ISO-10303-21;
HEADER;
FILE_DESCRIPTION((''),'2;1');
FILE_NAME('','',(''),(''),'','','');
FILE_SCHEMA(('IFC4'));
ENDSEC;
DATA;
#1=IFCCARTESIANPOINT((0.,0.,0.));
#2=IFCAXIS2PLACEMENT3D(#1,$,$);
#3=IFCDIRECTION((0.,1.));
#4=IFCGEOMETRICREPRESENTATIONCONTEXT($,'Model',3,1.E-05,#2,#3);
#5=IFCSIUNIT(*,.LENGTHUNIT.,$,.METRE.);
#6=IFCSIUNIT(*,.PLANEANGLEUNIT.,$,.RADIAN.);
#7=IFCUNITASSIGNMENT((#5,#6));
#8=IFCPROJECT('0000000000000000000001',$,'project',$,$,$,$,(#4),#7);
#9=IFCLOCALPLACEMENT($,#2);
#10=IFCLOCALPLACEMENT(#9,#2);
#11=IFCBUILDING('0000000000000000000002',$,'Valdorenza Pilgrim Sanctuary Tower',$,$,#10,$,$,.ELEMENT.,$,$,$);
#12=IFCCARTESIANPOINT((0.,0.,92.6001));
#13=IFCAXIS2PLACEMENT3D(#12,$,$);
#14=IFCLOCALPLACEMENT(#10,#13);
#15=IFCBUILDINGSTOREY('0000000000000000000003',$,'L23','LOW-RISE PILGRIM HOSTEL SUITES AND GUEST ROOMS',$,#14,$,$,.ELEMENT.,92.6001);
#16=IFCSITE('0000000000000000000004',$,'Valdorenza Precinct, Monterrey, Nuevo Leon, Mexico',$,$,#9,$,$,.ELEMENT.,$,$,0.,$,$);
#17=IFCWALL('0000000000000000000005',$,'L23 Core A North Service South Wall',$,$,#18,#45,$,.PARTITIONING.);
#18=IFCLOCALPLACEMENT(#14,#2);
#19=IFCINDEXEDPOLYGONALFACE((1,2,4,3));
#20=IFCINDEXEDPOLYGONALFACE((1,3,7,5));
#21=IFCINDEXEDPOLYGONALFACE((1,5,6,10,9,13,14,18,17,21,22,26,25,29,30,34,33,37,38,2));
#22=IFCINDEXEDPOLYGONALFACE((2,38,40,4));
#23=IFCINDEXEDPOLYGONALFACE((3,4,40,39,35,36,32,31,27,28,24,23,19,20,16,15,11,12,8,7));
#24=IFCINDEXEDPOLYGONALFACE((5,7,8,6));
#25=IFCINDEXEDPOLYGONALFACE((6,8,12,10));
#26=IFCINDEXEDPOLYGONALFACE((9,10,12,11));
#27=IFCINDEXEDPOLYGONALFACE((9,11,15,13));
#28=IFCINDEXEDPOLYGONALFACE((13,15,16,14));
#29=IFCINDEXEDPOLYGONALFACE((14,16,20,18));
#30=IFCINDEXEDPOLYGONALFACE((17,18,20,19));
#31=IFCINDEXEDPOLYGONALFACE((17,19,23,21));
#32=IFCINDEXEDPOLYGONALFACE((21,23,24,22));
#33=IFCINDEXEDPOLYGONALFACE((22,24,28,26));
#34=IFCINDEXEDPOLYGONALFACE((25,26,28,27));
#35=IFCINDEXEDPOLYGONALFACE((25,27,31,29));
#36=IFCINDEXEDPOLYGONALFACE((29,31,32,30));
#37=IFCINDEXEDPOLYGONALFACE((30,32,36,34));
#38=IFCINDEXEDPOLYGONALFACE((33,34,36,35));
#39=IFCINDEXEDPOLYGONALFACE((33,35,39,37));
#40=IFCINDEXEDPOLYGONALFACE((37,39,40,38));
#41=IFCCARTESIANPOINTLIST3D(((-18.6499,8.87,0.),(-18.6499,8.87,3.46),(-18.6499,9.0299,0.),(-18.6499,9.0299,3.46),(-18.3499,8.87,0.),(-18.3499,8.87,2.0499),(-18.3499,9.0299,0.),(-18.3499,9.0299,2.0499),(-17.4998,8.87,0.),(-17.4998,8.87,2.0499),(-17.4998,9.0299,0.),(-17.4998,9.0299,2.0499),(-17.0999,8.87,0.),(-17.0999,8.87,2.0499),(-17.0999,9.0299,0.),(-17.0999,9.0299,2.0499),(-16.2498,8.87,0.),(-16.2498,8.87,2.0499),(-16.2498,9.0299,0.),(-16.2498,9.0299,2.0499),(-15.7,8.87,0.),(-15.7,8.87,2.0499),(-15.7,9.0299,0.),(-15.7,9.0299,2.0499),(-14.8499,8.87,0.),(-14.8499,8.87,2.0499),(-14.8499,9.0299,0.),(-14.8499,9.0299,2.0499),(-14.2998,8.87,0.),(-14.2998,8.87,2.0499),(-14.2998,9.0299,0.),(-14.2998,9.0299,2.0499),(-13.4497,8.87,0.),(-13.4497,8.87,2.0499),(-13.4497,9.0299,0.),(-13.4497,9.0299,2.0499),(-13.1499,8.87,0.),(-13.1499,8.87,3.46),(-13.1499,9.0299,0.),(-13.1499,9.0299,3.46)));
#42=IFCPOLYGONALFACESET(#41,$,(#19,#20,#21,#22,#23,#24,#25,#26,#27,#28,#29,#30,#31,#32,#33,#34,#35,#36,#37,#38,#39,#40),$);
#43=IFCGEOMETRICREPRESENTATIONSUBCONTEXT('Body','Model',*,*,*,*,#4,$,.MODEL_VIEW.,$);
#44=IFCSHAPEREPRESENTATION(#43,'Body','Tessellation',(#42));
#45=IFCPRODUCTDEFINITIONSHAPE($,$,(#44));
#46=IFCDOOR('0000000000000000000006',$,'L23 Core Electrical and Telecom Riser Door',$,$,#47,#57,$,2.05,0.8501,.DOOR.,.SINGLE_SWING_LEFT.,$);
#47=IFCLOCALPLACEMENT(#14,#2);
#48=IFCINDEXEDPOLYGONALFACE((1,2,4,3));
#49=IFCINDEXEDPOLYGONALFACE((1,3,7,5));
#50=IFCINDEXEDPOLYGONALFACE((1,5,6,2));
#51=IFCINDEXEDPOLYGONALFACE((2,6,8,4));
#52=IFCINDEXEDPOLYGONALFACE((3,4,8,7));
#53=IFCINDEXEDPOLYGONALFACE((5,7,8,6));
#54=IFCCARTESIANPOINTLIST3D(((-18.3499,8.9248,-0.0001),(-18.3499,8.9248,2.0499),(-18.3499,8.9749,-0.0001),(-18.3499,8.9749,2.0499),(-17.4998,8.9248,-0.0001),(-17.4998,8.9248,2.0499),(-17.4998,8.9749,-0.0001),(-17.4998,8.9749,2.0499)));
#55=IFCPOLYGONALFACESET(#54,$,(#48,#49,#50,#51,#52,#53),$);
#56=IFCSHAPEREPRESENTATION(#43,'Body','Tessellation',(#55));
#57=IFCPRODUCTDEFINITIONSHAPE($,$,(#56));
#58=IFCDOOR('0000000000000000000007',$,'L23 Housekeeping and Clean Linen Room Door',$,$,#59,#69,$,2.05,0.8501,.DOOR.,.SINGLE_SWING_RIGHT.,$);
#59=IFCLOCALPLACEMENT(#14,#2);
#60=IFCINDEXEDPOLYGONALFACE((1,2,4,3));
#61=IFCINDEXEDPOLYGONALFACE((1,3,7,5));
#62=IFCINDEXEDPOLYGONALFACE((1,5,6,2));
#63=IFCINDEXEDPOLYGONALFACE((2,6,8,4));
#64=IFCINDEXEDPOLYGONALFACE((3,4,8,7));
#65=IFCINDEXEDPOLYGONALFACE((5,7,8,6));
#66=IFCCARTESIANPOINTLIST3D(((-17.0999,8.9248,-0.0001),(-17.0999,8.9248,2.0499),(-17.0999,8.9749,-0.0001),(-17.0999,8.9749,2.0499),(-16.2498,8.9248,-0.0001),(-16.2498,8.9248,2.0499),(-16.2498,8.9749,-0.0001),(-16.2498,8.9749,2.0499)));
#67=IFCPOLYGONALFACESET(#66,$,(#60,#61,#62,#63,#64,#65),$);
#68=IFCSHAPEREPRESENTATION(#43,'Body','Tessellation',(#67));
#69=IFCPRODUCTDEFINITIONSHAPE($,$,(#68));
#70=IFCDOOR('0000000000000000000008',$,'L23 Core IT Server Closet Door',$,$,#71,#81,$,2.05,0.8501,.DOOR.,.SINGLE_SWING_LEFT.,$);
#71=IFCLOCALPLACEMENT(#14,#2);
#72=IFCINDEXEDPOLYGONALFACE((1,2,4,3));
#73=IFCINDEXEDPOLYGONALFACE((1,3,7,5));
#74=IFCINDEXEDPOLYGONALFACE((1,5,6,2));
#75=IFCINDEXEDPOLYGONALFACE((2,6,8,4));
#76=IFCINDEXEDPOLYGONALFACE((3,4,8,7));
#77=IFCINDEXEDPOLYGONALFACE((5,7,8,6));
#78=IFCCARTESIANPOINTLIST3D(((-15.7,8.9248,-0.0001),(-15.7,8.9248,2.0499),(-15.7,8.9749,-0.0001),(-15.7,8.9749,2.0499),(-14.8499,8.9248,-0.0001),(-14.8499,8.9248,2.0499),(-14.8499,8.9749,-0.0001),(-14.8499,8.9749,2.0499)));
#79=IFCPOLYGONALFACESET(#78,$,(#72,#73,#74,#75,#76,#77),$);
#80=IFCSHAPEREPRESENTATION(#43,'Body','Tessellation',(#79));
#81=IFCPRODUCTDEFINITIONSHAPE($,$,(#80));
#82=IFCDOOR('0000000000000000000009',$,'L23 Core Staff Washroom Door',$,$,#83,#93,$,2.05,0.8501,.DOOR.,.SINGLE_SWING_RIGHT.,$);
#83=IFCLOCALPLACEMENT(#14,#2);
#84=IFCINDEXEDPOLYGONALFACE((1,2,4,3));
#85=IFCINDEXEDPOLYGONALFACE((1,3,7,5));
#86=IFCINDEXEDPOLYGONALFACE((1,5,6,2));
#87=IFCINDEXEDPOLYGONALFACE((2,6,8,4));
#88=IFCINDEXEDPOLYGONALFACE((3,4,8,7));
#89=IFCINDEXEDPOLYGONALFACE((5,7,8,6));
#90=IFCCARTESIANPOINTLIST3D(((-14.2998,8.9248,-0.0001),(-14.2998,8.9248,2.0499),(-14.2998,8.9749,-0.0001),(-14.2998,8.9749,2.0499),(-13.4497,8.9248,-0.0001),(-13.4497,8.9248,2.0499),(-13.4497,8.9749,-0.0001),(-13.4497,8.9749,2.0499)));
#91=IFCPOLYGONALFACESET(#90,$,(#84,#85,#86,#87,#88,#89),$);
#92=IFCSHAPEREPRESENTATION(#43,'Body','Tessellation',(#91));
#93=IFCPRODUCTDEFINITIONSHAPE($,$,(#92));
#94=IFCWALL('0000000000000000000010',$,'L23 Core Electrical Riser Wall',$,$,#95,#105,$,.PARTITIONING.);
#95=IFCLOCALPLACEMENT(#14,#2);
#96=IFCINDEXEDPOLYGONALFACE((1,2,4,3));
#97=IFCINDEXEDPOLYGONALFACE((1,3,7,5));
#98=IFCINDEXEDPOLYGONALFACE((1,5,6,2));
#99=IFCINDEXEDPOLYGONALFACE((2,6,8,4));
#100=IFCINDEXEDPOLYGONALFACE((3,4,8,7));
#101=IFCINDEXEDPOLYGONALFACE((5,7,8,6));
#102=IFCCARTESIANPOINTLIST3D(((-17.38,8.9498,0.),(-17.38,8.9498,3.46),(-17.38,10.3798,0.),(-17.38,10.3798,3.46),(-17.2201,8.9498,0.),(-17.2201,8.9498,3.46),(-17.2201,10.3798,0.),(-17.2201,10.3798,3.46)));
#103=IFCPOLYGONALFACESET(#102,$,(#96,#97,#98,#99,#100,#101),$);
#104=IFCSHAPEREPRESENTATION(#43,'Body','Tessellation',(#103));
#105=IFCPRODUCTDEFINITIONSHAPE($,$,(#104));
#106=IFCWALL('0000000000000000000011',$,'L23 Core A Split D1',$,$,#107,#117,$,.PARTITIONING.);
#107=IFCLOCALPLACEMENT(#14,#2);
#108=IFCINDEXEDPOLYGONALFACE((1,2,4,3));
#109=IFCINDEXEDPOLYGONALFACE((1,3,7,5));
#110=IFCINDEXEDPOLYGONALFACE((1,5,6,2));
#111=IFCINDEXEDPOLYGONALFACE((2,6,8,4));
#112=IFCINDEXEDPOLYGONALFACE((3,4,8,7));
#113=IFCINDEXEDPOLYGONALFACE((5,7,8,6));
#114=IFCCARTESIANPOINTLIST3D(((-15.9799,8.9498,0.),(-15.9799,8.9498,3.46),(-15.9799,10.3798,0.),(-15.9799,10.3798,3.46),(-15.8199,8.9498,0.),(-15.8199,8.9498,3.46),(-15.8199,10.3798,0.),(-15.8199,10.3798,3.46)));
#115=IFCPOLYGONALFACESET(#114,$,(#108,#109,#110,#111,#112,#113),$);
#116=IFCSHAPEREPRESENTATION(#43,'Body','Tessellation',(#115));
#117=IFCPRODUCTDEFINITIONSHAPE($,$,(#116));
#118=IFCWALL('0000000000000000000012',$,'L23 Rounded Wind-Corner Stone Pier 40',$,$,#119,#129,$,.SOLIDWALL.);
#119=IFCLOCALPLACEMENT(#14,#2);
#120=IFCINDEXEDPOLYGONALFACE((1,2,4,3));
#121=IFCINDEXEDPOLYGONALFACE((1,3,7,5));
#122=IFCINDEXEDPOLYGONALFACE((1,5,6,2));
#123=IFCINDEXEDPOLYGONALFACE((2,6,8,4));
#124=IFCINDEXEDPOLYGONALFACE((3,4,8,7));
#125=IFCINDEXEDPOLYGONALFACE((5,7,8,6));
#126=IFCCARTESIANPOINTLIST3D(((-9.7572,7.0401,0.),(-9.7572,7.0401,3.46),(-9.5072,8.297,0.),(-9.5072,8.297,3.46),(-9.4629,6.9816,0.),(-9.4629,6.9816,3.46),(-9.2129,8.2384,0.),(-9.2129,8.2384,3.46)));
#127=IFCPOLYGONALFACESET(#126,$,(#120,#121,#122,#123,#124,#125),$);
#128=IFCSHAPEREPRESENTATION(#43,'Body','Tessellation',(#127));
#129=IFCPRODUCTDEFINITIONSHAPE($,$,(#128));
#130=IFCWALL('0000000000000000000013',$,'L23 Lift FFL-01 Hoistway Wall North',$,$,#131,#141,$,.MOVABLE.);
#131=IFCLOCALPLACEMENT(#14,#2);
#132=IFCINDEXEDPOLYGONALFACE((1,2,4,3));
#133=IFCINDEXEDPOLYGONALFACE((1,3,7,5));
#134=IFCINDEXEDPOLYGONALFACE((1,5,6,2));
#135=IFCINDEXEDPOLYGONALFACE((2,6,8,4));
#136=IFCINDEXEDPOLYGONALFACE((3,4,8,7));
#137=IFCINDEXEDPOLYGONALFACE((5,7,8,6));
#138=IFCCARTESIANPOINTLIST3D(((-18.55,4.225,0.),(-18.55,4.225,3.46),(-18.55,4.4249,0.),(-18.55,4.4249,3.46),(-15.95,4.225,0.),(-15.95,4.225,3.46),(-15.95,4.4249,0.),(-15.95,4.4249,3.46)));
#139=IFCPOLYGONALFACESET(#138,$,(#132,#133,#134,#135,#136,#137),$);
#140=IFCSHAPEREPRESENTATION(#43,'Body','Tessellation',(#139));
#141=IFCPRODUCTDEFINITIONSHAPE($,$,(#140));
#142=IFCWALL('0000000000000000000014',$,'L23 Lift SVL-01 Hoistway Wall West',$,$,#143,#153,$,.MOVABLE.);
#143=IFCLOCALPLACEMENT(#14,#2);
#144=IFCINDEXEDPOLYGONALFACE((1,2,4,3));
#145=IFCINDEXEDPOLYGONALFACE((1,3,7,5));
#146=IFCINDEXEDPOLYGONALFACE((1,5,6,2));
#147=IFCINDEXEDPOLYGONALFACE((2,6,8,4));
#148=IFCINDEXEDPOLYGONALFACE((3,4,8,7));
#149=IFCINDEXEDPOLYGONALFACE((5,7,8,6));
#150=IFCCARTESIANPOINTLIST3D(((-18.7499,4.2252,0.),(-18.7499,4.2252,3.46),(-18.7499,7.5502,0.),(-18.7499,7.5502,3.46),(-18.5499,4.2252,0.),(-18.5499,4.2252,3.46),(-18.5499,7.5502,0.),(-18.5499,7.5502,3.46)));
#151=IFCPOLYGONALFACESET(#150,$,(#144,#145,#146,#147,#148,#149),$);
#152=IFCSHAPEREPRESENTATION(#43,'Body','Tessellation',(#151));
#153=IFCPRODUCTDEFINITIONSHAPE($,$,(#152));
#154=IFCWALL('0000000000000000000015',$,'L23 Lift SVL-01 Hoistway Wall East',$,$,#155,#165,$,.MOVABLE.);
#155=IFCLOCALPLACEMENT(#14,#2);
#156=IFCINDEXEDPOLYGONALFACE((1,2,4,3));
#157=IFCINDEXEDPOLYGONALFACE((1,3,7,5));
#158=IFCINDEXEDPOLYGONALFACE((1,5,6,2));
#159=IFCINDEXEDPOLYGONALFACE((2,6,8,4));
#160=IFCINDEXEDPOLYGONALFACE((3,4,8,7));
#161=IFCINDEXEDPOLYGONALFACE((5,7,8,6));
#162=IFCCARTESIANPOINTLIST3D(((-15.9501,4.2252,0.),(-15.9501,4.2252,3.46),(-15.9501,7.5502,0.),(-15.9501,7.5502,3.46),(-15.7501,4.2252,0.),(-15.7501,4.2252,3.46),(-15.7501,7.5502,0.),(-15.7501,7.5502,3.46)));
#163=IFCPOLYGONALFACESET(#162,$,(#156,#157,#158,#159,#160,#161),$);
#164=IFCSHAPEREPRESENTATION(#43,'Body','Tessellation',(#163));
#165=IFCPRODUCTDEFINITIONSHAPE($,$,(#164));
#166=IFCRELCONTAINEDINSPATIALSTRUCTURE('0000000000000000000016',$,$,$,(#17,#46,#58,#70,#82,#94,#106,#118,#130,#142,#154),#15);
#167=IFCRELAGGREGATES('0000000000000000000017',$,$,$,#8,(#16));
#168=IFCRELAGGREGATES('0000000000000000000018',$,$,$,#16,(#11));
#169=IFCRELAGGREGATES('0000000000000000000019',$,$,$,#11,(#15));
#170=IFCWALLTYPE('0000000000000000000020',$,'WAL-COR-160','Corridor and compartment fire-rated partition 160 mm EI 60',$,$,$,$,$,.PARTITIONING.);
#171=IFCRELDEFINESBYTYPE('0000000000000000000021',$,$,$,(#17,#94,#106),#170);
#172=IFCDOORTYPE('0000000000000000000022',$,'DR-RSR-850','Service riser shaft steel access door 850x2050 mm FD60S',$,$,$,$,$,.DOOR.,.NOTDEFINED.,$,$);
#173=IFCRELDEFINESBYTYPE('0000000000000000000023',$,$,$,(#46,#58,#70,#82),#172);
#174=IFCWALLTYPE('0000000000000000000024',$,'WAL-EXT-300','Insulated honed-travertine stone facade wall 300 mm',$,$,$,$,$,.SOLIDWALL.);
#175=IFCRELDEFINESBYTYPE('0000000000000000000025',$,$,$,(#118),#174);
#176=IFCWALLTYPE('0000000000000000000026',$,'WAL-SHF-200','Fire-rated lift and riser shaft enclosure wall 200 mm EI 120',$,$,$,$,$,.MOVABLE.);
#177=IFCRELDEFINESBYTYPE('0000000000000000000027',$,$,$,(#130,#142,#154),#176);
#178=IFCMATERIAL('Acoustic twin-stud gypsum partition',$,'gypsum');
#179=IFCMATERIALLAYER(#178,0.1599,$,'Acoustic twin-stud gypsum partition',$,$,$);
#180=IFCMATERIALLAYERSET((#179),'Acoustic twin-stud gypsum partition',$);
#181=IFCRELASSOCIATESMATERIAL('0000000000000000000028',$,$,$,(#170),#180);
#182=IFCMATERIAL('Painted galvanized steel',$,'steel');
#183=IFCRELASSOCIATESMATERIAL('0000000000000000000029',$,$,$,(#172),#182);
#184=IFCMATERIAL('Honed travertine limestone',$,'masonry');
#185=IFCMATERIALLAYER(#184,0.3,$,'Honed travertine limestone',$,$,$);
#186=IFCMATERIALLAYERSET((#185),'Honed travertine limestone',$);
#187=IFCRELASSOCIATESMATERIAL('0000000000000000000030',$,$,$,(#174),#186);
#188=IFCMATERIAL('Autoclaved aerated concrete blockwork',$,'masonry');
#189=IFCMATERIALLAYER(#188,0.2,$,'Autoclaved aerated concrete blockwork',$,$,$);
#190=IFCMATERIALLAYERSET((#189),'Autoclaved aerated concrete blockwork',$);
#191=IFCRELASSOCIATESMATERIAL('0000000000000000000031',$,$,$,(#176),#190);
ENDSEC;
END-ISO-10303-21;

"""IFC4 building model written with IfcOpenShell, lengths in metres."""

from ifc_helpers import new_model, si_unit, direction, frame, frame_2d, origin, place, context, subcontext, project, spatial, rectangle, extrude, material, layer, layer_set, type_object, element, fill, save


model = new_model("IFC4")

# Units and contexts
model_context = context("Model", 3, precision=1e-05, world=origin(), true_north=direction((0.0, 1.0)))
body_context = subcontext(model_context, "Body", "Model", "MODEL_VIEW")
ifc_project = project(units=[si_unit("LENGTHUNIT", "METRE"), si_unit("PLANEANGLEUNIT", "RADIAN")], contexts=[model_context])

# Site, building, storey
site_placement = place(None, origin())
site = spatial("IfcSite", under=ifc_project, at=site_placement, Name="Valdorenza Precinct, Monterrey, Nuevo Leon, Mexico", CompositionType="ELEMENT", RefElevation=0.0)
building_placement = place(site_placement, origin())
building = spatial("IfcBuilding", under=site, at=building_placement, Name="Valdorenza Pilgrim Sanctuary Tower", CompositionType="ELEMENT")
storey_placement = place(building_placement, frame((0.0, 0.0, 92.6001)))
storey = spatial("IfcBuildingStorey", under=building, at=storey_placement, Name="L23", Description="LOW-RISE PILGRIM HOSTEL SUITES AND GUEST ROOMS", CompositionType="ELEMENT", Elevation=92.6001)

# Shared definitions
ifc_material_1 = material(Name="Honed travertine limestone", Category="masonry")

# Shared definitions
ifc_material_2 = material(Name="Acoustic twin-stud gypsum partition", Category="gypsum")
ifc_layer_1 = layer(ifc_material_2, 0.1599, Name="Acoustic twin-stud gypsum partition")
ifc_layer_set_1 = layer_set([ifc_layer_1], Name="Acoustic twin-stud gypsum partition")
wall_type_1 = type_object("IfcWallType", Name="WAL-COR-160", Description="Corridor and compartment fire-rated partition 160 mm EI 60", PredefinedType="PARTITIONING", material=ifc_layer_set_1)

# Wall, openings, doors
wall_1_placement = place(storey_placement, frame((-18.6499, 8.95, 0.0), z_axis=(0.0, 0.0, 1.0), x_axis=(1.0, 0.0, 0.0)))
wall_1 = element("IfcWall", 1, at=wall_1_placement, inside=storey, type_object=wall_type_1, Name="L23 Core A North Service South Wall", PredefinedType="PARTITIONING", context=body_context, shape_type="SweptSolid", body=[
    extrude(rectangle(XDim=5.5, YDim=0.1599, at=frame_2d((2.75, 0.0))), origin(), (0.0, 0.0, 1.0), 3.46),
])
opening_1_placement = place(wall_1_placement, frame((0.3, 0.0, 0.0)))
opening_1 = element("IfcOpeningElement", 2, at=opening_1_placement, cuts=wall_1, PredefinedType="OPENING", context=body_context, shape_type="SweptSolid", body=[
    extrude(rectangle(XDim=0.8501, YDim=2.05, at=frame_2d((0.425, 1.0249))), frame((0.0, 0.0947, 0.0), z_axis=(0.0, -1.0, 0.0), x_axis=(1.0, 0.0, 0.0)), (0.0, 0.0, 1.0), 0.1897),
])
opening_2_placement = place(wall_1_placement, frame((1.55, 0.0, 0.0)))
opening_2 = element("IfcOpeningElement", 3, at=opening_2_placement, cuts=wall_1, PredefinedType="OPENING", context=body_context, shape_type="SweptSolid", body=[
    extrude(rectangle(XDim=0.8501, YDim=2.05, at=frame_2d((0.425, 1.0249))), frame((0.0, 0.0947, 0.0), z_axis=(0.0, -1.0, 0.0), x_axis=(1.0, 0.0, 0.0)), (0.0, 0.0, 1.0), 0.1897),
])
opening_3_placement = place(wall_1_placement, frame((2.95, 0.0, 0.0)))
opening_3 = element("IfcOpeningElement", 4, at=opening_3_placement, cuts=wall_1, PredefinedType="OPENING", context=body_context, shape_type="SweptSolid", body=[
    extrude(rectangle(XDim=0.8501, YDim=2.05, at=frame_2d((0.425, 1.0249))), frame((0.0, 0.0947, 0.0), z_axis=(0.0, -1.0, 0.0), x_axis=(1.0, 0.0, 0.0)), (0.0, 0.0, 1.0), 0.1897),
])
opening_4_placement = place(wall_1_placement, frame((4.3501, 0.0, 0.0)))
opening_4 = element("IfcOpeningElement", 5, at=opening_4_placement, cuts=wall_1, PredefinedType="OPENING", context=body_context, shape_type="SweptSolid", body=[
    extrude(rectangle(XDim=0.8501, YDim=2.05, at=frame_2d((0.425, 1.0249))), frame((0.0, 0.0947, 0.0), z_axis=(0.0, -1.0, 0.0), x_axis=(1.0, 0.0, 0.0)), (0.0, 0.0, 1.0), 0.1897),
])
ifc_material_3 = material(Name="Painted galvanized steel", Category="steel")
door_type_1 = type_object("IfcDoorType", Name="DR-RSR-850", Description="Service riser shaft steel access door 850x2050 mm FD60S", OperationType="NOTDEFINED", PredefinedType="DOOR", material=ifc_material_3)
door_1_placement = place(opening_1_placement, origin())
door_1 = element("IfcDoor", 6, at=door_1_placement, inside=storey, type_object=door_type_1, Name="L23 Core Electrical and Telecom Riser Door", OperationType="SINGLE_SWING_LEFT", OverallHeight=2.05, OverallWidth=0.8501, PredefinedType="DOOR", context=body_context, shape_type="SweptSolid", body=[
    extrude(rectangle(XDim=0.8501, YDim=2.05, at=frame_2d((0.425, 1.0249))), frame((0.0, 0.0249, 0.0), z_axis=(0.0, -1.0, 0.0), x_axis=(1.0, 0.0, 0.0)), (0.0, 0.0, 1.0), 0.05),
])
fill(opening_1, door_1)
door_2_placement = place(opening_2_placement, origin())
door_2 = element("IfcDoor", 7, at=door_2_placement, inside=storey, type_object=door_type_1, Name="L23 Housekeeping and Clean Linen Room Door", OperationType="SINGLE_SWING_RIGHT", OverallHeight=2.05, OverallWidth=0.8501, PredefinedType="DOOR", context=body_context, shape_type="SweptSolid", body=[
    extrude(rectangle(XDim=0.8501, YDim=2.05, at=frame_2d((0.425, 1.0249))), frame((0.0, 0.0249, 0.0), z_axis=(0.0, -1.0, 0.0), x_axis=(1.0, 0.0, 0.0)), (0.0, 0.0, 1.0), 0.05),
])
fill(opening_2, door_2)
door_3_placement = place(opening_3_placement, origin())
door_3 = element("IfcDoor", 8, at=door_3_placement, inside=storey, type_object=door_type_1, Name="L23 Core IT Server Closet Door", OperationType="SINGLE_SWING_LEFT", OverallHeight=2.05, OverallWidth=0.8501, PredefinedType="DOOR", context=body_context, shape_type="SweptSolid", body=[
    extrude(rectangle(XDim=0.8501, YDim=2.05, at=frame_2d((0.425, 1.0249))), frame((0.0, 0.0249, 0.0), z_axis=(0.0, -1.0, 0.0), x_axis=(1.0, 0.0, 0.0)), (0.0, 0.0, 1.0), 0.05),
])
fill(opening_3, door_3)
door_4_placement = place(opening_4_placement, origin())
door_4 = element("IfcDoor", 9, at=door_4_placement, inside=storey, type_object=door_type_1, Name="L23 Core Staff Washroom Door", OperationType="SINGLE_SWING_RIGHT", OverallHeight=2.05, OverallWidth=0.8501, PredefinedType="DOOR", context=body_context, shape_type="SweptSolid", body=[
    extrude(rectangle(XDim=0.8501, YDim=2.05, at=frame_2d((0.425, 1.0249))), frame((0.0, 0.0249, 0.0), z_axis=(0.0, -1.0, 0.0), x_axis=(1.0, 0.0, 0.0)), (0.0, 0.0, 1.0), 0.05),
])
fill(opening_4, door_4)

# Walls
for number, where, z_axis, x_axis, name in (
    (10, (-17.3, 8.95, 0.0), (0.0, 0.0, 1.0), (0.0, 1.0, 0.0), "L23 Core Electrical Riser Wall"),
    (11, (-15.8999, 8.95, 0.0), (0.0, 0.0, 1.0), (0.0, 1.0, 0.0), "L23 Core A Split D1"),
):
    element("IfcWall", number, at=place(storey_placement, frame(where, z_axis=z_axis, x_axis=x_axis)), inside=storey, type_object=wall_type_1, Name=name, PredefinedType="PARTITIONING", context=body_context, shape_type="SweptSolid", body=[
        extrude(rectangle(XDim=1.4299, YDim=0.1599, at=frame_2d((0.7148, 0.0))), origin(), (0.0, 0.0, 1.0), 3.46),
    ])
ifc_layer_2 = layer(ifc_material_1, 0.3, Name="Honed travertine limestone")
ifc_layer_set_2 = layer_set([ifc_layer_2], Name="Honed travertine limestone")
wall_type_2 = type_object("IfcWallType", Name="WAL-EXT-300", Description="Insulated honed-travertine stone facade wall 300 mm", PredefinedType="SOLIDWALL", material=ifc_layer_set_2)
wall_2_placement = place(storey_placement, frame((-9.3601, 8.2676, 0.0), z_axis=(0.0, 0.0, 1.0), x_axis=(-0.19509, -0.980785, 0.0)))
element("IfcWall", 12, at=wall_2_placement, inside=storey, type_object=wall_type_2, Name="L23 Rounded Wind-Corner Stone Pier 40", PredefinedType="SOLIDWALL", context=body_context, shape_type="SweptSolid", body=[
    extrude(rectangle(XDim=1.2815, YDim=0.3, at=frame_2d((0.6406, 0.0))), origin(), (0.0, 0.0, 1.0), 3.46),
])
ifc_material_4 = material(Name="Autoclaved aerated concrete blockwork", Category="masonry")
ifc_layer_3 = layer(ifc_material_4, 0.2, Name="Autoclaved aerated concrete blockwork")
ifc_layer_set_3 = layer_set([ifc_layer_3], Name="Autoclaved aerated concrete blockwork")
wall_type_3 = type_object("IfcWallType", Name="WAL-SHF-200", Description="Fire-rated lift and riser shaft enclosure wall 200 mm EI 120", PredefinedType="MOVABLE", material=ifc_layer_set_3)
wall_3_placement = place(storey_placement, frame((-18.55, 4.325, 0.0), z_axis=(0.0, 0.0, 1.0), x_axis=(1.0, 0.0, 0.0)))
element("IfcWall", 13, at=wall_3_placement, inside=storey, type_object=wall_type_3, Name="L23 Lift FFL-01 Hoistway Wall North", PredefinedType="MOVABLE", context=body_context, shape_type="SweptSolid", body=[
    extrude(rectangle(XDim=2.6001, YDim=0.2, at=frame_2d((1.3, 0.0))), origin(), (0.0, 0.0, 1.0), 3.46),
])
for number, where, z_axis, x_axis, name in (
    (14, (-18.6499, 4.2251, 0.0), (0.0, 0.0, 1.0), (0.0, 1.0, 0.0), "L23 Lift SVL-01 Hoistway Wall West"),
    (15, (-15.8501, 4.2251, 0.0), (0.0, 0.0, 1.0), (0.0, 1.0, 0.0), "L23 Lift SVL-01 Hoistway Wall East"),
):
    element("IfcWall", number, at=place(storey_placement, frame(where, z_axis=z_axis, x_axis=x_axis)), inside=storey, type_object=wall_type_3, Name=name, PredefinedType="MOVABLE", context=body_context, shape_type="SweptSolid", body=[
        extrude(rectangle(XDim=3.325, YDim=0.2, at=frame_2d((1.6626, 0.0))), origin(), (0.0, 0.0, 1.0), 3.46),
    ])

save(model, "model.ifc")
